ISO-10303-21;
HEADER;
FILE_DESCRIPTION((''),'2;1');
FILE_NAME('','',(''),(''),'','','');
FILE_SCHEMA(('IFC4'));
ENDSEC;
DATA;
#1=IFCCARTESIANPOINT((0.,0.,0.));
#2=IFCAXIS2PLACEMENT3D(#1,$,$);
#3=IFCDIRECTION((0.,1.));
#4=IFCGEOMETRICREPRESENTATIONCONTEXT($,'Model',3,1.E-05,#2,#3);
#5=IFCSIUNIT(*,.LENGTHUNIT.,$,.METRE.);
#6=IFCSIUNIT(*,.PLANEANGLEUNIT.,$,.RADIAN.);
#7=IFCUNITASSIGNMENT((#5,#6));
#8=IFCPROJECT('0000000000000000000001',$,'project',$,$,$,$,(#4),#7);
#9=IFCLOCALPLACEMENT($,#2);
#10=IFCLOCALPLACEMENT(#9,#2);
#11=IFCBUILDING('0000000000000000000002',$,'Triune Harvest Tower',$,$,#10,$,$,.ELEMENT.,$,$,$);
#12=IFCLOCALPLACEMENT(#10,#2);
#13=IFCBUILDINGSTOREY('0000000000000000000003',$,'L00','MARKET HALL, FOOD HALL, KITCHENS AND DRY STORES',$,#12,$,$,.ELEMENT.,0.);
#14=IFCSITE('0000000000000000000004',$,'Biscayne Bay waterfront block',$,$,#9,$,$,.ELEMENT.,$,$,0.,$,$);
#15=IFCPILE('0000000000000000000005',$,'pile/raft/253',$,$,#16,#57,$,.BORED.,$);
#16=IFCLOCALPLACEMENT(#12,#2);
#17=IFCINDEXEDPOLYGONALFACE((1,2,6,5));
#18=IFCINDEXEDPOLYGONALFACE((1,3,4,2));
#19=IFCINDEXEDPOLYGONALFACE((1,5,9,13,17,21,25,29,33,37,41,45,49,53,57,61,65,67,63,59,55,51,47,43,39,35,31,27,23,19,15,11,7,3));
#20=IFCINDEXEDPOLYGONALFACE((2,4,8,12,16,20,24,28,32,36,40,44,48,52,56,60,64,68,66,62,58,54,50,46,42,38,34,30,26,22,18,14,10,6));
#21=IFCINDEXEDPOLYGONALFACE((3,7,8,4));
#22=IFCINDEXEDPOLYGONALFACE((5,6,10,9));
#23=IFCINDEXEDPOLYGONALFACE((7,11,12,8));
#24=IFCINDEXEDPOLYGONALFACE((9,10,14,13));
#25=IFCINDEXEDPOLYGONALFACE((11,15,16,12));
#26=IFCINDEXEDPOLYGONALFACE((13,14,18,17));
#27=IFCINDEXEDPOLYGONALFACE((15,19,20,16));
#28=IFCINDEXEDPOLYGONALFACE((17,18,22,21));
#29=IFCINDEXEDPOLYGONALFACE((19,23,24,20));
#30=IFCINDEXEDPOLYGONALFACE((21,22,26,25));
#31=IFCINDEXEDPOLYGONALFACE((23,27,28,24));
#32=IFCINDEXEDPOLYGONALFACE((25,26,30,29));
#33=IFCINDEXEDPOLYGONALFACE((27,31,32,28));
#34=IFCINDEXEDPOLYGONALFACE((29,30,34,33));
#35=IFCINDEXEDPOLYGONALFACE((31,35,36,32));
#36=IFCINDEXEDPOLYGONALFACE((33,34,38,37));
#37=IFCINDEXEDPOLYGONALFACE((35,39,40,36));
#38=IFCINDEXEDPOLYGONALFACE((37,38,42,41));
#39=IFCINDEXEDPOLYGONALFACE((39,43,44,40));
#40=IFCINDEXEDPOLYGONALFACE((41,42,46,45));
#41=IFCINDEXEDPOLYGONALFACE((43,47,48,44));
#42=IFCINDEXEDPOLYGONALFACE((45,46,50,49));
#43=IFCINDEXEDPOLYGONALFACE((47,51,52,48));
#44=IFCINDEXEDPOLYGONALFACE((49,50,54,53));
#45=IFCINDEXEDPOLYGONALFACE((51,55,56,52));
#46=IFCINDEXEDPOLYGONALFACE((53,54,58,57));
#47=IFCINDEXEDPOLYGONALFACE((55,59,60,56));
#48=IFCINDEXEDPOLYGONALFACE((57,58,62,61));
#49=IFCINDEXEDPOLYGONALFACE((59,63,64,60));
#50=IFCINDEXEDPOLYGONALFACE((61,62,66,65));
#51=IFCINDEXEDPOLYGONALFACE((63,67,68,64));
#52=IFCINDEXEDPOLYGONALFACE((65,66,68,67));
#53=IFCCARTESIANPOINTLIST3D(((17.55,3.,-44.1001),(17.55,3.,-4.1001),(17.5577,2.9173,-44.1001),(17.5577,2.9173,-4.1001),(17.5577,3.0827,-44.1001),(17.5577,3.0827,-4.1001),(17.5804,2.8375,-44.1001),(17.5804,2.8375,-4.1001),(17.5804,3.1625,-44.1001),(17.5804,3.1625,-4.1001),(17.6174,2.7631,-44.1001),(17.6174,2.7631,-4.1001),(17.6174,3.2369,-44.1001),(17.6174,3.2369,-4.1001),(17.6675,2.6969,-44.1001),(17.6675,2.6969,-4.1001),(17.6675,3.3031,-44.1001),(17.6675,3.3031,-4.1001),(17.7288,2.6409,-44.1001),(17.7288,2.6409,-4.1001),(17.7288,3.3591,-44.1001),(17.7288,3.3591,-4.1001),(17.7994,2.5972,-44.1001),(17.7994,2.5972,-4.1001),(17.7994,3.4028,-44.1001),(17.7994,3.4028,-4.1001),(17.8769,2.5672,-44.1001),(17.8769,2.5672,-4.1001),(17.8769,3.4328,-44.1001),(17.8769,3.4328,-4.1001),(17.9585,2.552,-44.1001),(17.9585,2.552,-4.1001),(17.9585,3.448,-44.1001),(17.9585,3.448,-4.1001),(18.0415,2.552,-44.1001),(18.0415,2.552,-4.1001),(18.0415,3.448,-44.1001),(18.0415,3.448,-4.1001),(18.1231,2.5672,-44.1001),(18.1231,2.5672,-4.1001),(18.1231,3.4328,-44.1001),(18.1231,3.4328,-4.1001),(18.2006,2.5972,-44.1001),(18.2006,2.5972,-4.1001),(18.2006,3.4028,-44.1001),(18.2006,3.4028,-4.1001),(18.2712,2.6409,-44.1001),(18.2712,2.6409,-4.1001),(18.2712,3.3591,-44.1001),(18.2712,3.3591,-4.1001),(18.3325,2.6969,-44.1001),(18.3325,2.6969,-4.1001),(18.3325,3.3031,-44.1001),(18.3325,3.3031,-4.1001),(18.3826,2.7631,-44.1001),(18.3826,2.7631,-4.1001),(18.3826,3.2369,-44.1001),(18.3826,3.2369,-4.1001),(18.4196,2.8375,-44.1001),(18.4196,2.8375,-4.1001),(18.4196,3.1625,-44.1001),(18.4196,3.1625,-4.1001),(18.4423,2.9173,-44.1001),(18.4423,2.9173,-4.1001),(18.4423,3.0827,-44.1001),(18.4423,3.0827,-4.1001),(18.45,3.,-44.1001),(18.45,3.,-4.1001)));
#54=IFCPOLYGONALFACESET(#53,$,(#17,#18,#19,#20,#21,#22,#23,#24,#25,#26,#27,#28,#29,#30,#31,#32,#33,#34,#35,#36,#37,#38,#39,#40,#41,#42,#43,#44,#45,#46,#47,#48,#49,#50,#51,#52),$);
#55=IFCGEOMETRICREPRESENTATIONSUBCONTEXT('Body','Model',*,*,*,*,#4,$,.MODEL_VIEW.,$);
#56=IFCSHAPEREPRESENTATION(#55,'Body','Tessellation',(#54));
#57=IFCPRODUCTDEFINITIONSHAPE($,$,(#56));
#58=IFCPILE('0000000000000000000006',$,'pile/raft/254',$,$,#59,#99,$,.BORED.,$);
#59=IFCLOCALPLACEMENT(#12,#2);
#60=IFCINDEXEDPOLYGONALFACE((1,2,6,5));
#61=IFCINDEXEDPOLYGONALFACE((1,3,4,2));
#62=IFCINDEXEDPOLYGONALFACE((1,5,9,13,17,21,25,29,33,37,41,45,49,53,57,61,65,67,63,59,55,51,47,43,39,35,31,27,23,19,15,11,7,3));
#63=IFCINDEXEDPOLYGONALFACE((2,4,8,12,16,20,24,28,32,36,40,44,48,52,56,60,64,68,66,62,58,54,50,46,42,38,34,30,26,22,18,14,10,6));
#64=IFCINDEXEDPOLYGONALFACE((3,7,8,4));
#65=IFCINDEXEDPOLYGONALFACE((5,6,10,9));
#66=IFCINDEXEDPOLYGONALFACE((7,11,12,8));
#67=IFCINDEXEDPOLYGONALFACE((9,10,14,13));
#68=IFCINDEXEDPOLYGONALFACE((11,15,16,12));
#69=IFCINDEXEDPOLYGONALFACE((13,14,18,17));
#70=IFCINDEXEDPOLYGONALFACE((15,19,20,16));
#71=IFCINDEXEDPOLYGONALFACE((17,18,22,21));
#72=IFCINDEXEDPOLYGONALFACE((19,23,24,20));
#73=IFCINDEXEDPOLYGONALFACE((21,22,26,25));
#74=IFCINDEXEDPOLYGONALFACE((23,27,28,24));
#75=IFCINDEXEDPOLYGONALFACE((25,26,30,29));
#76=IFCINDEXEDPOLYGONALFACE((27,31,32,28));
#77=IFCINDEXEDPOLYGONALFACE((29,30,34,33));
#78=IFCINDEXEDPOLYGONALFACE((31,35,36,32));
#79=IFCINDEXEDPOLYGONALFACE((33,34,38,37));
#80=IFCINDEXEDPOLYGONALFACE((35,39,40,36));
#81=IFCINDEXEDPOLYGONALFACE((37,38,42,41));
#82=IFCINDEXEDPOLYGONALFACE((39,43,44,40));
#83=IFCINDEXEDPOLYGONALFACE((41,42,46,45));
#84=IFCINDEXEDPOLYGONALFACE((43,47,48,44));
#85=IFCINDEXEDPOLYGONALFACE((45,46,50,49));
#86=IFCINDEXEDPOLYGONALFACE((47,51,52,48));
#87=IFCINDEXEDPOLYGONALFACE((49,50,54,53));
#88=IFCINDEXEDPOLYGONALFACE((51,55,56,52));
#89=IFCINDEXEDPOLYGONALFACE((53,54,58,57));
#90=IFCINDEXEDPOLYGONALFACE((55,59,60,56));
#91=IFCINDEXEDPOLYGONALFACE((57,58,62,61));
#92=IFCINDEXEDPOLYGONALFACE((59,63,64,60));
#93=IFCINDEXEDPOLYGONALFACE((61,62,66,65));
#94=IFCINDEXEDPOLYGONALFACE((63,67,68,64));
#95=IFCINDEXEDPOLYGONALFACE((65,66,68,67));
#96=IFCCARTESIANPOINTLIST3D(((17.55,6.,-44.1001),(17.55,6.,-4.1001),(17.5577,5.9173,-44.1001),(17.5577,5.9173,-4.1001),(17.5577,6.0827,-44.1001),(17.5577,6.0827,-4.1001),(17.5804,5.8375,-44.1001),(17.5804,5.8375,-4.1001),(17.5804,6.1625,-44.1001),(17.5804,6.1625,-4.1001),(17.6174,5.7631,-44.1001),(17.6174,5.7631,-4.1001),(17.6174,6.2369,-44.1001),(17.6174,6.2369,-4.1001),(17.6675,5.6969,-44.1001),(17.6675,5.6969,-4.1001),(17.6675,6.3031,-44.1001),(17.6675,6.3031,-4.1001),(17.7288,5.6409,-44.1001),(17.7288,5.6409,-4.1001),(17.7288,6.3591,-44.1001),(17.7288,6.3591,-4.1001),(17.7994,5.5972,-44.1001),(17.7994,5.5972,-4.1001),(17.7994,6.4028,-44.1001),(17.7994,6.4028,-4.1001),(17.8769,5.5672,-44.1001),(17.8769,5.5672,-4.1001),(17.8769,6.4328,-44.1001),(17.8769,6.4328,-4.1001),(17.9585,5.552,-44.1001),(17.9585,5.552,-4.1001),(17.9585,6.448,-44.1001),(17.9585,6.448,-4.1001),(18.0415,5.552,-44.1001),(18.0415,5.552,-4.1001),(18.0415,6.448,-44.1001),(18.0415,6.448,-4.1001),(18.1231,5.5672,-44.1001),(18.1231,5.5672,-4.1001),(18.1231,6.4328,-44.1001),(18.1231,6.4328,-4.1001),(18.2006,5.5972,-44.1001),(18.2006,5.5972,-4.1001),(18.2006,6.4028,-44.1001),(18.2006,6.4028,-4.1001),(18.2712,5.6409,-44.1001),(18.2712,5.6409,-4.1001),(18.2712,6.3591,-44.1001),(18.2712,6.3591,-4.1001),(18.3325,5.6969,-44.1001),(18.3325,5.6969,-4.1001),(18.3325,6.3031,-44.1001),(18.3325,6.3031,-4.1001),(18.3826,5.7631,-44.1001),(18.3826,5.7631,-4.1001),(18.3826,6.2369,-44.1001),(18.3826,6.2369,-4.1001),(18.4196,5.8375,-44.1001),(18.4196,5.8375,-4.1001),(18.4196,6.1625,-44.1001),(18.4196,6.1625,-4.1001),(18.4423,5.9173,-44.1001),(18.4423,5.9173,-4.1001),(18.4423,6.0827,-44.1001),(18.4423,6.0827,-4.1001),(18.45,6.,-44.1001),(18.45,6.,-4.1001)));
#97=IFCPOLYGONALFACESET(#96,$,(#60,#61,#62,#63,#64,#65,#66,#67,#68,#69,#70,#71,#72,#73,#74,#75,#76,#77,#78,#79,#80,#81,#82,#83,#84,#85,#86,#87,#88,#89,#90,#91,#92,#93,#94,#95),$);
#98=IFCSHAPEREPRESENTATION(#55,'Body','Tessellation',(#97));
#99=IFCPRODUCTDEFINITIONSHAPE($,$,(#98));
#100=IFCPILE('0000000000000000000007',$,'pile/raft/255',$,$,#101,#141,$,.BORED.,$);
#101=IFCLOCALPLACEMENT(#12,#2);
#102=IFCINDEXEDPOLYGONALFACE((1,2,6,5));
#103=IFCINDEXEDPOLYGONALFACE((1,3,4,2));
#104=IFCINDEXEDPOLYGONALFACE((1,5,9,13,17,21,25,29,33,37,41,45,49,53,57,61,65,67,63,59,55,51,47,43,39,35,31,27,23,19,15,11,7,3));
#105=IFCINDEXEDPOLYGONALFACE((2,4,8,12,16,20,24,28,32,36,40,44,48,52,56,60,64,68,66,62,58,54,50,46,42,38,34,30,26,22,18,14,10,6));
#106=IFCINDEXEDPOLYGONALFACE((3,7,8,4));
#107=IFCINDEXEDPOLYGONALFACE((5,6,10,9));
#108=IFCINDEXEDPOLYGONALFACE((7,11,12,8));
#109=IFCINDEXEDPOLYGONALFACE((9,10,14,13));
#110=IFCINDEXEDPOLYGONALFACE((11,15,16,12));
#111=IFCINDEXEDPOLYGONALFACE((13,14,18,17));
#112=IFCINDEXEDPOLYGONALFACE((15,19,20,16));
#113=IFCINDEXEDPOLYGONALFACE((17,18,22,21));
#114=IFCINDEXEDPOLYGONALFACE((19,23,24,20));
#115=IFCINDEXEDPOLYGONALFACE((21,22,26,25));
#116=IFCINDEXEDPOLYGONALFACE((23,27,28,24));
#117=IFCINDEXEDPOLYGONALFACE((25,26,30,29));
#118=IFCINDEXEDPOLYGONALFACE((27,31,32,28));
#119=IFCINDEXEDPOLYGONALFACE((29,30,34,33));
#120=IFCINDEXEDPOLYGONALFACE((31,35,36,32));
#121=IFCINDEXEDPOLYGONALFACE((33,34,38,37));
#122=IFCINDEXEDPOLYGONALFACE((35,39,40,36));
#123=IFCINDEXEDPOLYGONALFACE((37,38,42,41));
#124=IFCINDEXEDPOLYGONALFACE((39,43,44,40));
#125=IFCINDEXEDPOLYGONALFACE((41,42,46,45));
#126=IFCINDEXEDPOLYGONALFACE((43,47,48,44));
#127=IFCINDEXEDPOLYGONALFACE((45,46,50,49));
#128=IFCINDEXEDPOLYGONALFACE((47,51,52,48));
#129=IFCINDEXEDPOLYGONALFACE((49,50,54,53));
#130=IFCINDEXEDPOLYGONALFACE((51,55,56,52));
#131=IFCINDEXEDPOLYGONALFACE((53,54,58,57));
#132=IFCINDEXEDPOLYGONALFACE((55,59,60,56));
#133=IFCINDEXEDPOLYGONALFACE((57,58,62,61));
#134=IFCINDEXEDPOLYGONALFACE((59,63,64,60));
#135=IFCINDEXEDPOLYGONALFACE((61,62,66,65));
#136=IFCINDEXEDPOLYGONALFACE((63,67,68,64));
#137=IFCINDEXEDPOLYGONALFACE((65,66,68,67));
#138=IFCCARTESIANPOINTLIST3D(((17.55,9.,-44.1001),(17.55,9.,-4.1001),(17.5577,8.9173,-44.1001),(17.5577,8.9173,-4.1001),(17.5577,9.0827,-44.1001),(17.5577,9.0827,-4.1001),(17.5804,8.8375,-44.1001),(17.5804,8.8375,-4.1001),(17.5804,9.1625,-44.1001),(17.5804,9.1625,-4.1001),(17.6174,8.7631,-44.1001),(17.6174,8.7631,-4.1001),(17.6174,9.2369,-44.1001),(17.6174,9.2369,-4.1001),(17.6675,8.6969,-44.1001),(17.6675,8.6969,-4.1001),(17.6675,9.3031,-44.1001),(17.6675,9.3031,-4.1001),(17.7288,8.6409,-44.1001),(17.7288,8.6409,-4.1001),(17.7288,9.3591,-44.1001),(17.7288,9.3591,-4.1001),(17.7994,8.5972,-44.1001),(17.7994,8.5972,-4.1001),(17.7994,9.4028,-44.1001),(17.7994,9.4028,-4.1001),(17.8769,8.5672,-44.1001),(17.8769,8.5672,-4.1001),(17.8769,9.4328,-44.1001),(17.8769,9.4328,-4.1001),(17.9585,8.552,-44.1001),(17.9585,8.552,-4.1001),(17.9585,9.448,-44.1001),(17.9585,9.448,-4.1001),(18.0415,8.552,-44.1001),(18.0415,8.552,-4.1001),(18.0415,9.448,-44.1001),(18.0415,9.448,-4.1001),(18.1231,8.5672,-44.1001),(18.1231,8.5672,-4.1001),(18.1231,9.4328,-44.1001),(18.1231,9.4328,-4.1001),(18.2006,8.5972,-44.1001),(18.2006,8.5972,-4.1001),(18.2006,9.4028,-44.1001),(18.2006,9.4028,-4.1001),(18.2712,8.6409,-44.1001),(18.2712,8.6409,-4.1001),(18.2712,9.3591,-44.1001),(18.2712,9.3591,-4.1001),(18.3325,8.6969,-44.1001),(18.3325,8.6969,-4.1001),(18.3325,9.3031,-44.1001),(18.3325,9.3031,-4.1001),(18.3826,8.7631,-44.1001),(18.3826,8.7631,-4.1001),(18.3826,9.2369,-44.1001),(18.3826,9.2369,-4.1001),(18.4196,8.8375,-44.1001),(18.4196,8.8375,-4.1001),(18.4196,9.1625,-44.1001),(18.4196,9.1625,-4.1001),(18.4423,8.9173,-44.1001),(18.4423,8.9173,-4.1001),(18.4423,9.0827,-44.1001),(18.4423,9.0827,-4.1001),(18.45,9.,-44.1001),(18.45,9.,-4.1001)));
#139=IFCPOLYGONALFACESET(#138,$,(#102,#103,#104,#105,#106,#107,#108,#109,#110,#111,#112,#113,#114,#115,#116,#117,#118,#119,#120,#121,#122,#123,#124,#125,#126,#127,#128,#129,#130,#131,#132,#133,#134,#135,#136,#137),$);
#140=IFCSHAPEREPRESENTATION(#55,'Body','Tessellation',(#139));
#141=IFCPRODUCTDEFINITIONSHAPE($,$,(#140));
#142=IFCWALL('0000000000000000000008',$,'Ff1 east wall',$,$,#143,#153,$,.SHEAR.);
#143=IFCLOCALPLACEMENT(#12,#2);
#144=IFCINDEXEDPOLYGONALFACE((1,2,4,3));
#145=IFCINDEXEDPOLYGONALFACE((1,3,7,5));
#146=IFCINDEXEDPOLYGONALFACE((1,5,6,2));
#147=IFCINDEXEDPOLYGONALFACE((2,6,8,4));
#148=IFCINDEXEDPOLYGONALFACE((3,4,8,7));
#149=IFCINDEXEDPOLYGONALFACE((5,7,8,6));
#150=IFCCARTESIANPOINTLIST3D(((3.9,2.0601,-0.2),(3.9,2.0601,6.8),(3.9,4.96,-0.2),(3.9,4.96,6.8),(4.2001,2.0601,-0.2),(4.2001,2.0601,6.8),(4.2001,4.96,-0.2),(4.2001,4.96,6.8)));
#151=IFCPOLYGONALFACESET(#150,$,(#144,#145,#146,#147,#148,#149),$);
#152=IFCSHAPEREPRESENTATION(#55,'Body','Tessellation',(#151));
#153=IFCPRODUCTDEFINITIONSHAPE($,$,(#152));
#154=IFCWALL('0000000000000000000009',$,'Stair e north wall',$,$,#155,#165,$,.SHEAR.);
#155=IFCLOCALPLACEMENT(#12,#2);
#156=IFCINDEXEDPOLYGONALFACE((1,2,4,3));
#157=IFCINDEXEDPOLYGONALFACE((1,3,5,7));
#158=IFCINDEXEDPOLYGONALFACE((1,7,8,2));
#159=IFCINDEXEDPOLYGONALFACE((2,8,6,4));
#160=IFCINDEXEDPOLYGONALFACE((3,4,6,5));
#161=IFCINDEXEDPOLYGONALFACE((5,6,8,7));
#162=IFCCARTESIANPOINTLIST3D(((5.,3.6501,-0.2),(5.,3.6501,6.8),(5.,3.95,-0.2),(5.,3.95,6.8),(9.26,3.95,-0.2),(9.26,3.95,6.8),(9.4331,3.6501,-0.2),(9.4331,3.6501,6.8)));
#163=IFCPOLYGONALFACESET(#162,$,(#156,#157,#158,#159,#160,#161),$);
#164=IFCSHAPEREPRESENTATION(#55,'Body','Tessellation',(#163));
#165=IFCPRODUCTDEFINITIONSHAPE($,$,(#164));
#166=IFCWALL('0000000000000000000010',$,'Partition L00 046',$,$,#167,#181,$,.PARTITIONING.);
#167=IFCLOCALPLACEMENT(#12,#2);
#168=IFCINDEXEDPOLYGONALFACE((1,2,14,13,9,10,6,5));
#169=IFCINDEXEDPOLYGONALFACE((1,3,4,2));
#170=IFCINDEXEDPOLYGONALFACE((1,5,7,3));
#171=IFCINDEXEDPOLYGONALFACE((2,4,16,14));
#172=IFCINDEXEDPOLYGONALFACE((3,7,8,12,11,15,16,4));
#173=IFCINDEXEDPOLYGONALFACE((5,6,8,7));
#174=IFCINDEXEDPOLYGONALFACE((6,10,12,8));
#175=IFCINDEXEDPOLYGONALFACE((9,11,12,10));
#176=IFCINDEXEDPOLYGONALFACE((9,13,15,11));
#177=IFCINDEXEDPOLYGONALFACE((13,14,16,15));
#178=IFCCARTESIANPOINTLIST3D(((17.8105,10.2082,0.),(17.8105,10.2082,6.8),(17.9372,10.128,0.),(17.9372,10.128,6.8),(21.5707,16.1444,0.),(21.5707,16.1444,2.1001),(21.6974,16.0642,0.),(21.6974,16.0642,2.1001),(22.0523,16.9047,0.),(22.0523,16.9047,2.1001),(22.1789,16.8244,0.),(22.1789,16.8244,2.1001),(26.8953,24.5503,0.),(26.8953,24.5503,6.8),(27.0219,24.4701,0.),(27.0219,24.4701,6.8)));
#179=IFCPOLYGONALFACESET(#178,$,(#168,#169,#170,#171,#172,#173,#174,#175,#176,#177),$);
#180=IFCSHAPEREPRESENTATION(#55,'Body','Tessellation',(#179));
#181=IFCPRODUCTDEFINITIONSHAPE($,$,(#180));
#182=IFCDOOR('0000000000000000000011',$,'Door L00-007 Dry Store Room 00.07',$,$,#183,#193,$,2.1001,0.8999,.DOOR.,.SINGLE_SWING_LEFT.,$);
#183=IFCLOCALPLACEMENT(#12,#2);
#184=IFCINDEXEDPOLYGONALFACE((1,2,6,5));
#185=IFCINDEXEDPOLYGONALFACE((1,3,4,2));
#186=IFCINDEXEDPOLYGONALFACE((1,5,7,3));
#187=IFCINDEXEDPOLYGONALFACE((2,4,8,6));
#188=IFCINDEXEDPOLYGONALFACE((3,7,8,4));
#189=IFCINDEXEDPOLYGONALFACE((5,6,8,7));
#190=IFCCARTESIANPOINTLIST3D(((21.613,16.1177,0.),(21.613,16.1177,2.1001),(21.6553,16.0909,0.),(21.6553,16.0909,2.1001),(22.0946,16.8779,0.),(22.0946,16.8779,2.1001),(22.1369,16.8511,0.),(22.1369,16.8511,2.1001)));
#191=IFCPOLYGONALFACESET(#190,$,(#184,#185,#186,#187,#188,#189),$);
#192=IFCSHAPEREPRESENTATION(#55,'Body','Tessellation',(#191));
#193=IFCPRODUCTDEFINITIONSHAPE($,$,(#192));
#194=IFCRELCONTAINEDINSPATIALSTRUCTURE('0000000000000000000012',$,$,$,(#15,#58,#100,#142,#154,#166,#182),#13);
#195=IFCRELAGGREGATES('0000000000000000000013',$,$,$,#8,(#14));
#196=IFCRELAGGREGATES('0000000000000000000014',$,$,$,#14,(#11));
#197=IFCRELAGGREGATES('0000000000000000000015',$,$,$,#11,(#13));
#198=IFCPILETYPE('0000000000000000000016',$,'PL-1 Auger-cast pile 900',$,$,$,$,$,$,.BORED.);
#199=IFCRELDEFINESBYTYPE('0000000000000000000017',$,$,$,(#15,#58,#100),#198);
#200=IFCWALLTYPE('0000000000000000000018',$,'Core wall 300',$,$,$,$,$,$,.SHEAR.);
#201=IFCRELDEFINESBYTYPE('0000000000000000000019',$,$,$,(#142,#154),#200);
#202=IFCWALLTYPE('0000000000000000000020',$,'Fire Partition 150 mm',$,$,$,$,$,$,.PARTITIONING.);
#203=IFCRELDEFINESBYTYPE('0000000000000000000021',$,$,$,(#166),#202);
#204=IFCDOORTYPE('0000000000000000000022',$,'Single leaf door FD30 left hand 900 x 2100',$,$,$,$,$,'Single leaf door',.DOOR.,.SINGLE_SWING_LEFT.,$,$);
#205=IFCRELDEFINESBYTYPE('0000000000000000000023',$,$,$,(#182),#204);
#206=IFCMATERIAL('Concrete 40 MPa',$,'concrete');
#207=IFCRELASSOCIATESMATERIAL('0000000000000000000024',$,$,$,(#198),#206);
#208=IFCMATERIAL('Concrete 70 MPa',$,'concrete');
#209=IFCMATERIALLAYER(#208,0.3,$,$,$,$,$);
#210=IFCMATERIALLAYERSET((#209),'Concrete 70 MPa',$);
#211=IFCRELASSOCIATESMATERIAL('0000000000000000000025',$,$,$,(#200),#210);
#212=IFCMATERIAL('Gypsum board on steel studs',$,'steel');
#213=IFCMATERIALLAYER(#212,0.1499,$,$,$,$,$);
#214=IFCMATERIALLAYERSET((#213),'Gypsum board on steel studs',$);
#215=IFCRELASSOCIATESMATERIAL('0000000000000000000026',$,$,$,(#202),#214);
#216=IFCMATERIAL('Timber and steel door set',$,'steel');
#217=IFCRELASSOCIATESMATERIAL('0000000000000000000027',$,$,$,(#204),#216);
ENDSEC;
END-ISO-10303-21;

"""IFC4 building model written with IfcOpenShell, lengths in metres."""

from ifc_helpers import new_model, si_unit, direction, frame, frame_2d, origin, origin_2d, place, context, subcontext, project, spatial, polyline, rectangle, circle, outline, extrude, source, transform, mapped, material, layer, layer_set, material_profile, profile_set, type_object, element, fill, save


model = new_model("IFC4")

# Units and contexts
model_context = context("Model", 3, precision=1e-05, world=origin(), true_north=direction((0.0, 1.0)))
body_context = subcontext(model_context, "Body", "Model", "MODEL_VIEW")
ifc_project = project(units=[si_unit("LENGTHUNIT", "METRE"), si_unit("PLANEANGLEUNIT", "RADIAN")], contexts=[model_context])

# Site, building, storey
site_placement = place(None, origin())
site = spatial("IfcSite", under=ifc_project, at=site_placement, Name="Biscayne Bay waterfront block", CompositionType="ELEMENT", RefElevation=0.0)
building_placement = place(site_placement, origin())
building = spatial("IfcBuilding", under=site, at=building_placement, Name="Triune Harvest Tower", CompositionType="ELEMENT")
storey_placement = place(building_placement, origin())
storey = spatial("IfcBuildingStorey", under=building, at=storey_placement, Name="L00", Description="MARKET HALL, FOOD HALL, KITCHENS AND DRY STORES", CompositionType="ELEMENT", Elevation=0.0)

# Piles
ifc_material_1 = material(Name="Concrete 40 MPa", Category="concrete")
ifc_material_profile = material_profile(ifc_material_1, circle(Radius=0.45, at=origin_2d()), Name="Bored 900")
ifc_profile_set = profile_set([ifc_material_profile], Name="Concrete 40 MPa")
pile_type = type_object("IfcPileType", Name="PL-1 Auger-cast pile 900", PredefinedType="BORED", material=ifc_profile_set)
shared_shape_1 = source(origin(), body_context, "Body", "SweptSolid", [
    extrude(circle(Radius=0.45, at=origin_2d()), origin(), (0.0, 0.0, 1.0), 40.0),
])
for number, where, z_axis, x_axis, name in (
    (1, (18.0, 3.0, -4.1001), (0.0, 0.0, -1.0), (1.0, 0.0, 0.0), "pile/raft/253"),
    (2, (18.0, 6.0, -4.1001), (0.0, 0.0, -1.0), (1.0, 0.0, 0.0), "pile/raft/254"),
    (3, (18.0, 9.0, -4.1001), (0.0, 0.0, -1.0), (1.0, 0.0, 0.0), "pile/raft/255"),
):
    element("IfcPile", number, at=place(storey_placement, frame(where, z_axis=z_axis, x_axis=x_axis)), inside=storey, type_object=pile_type, Name=name, PredefinedType="BORED", context=body_context, shape_type="MappedRepresentation", body=[
        mapped(shared_shape_1, transform((0.0, 0.0, 0.0), scale=1.0)),
    ])

# Walls
ifc_material_2 = material(Name="Concrete 70 MPa", Category="concrete")
ifc_layer_1 = layer(ifc_material_2, 0.3)
ifc_layer_set_1 = layer_set([ifc_layer_1], Name="Concrete 70 MPa")
wall_type_1 = type_object("IfcWallType", Name="Core wall 300", PredefinedType="SHEAR", material=ifc_layer_set_1)
wall_1_placement = place(storey_placement, frame((4.05, 2.0601, -0.2), z_axis=(0.0, 0.0, 1.0), x_axis=(0.0, 1.0, 0.0)))
element("IfcWall", 4, at=wall_1_placement, inside=storey, type_object=wall_type_1, Name="Ff1 east wall", PredefinedType="SHEAR", context=body_context, shape_type="SweptSolid", body=[
    extrude(rectangle(XDim=2.8999, YDim=0.3, at=frame_2d((1.45, 0.0))), origin(), (0.0, 0.0, 1.0), 7.0),
])
wall_2_placement = place(storey_placement, frame((5.0, 3.8, -0.2), z_axis=(0.0, 0.0, 1.0), x_axis=(1.0, 0.0, 0.0)))
element("IfcWall", 5, at=wall_2_placement, inside=storey, type_object=wall_type_1, Name="Stair e north wall", PredefinedType="SHEAR", context=body_context, shape_type="SweptSolid", body=[
    extrude(outline(polyline([(0.0, -0.1499), (0.0, 0.1499), (4.26, 0.1499), (4.4331, -0.1499), (0.0, -0.1499)])), origin(), (0.0, 0.0, 1.0), 7.0),
])

# Wall, opening, door
ifc_material_3 = material(Name="Gypsum board on steel studs", Category="steel")
ifc_layer_2 = layer(ifc_material_3, 0.1499)
ifc_layer_set_2 = layer_set([ifc_layer_2], Name="Gypsum board on steel studs")
wall_type_2 = type_object("IfcWallType", Name="Fire Partition 150 mm", PredefinedType="PARTITIONING", material=ifc_layer_set_2)
wall_3_placement = place(storey_placement, frame((17.8738, 10.168, 0.0), z_axis=(0.0, 0.0, 1.0), x_axis=(0.535112, 0.844781, 0.0)))
wall_3 = element("IfcWall", 6, at=wall_3_placement, inside=storey, type_object=wall_type_2, Name="Partition L00 046", PredefinedType="PARTITIONING", context=body_context, shape_type="SweptSolid", body=[
    extrude(rectangle(XDim=16.9773, YDim=0.1499, at=frame_2d((8.4888, 0.0))), origin(), (0.0, 0.0, 1.0), 6.8),
])
opening_1_placement = place(wall_3_placement, frame((7.0271, 0.0, 0.0)))
opening_1 = element("IfcOpeningElement", 7, at=opening_1_placement, cuts=wall_3, PredefinedType="OPENING", context=body_context, shape_type="SweptSolid", body=[
    extrude(rectangle(XDim=0.8999, YDim=2.1001, at=frame_2d((0.45, 1.05))), frame((0.0, 0.085, 0.0), z_axis=(0.0, -1.0, 0.0), x_axis=(1.0, 0.0, 0.0)), (0.0, 0.0, 1.0), 0.1699),
])
ifc_material_4 = material(Name="Timber and steel door set", Category="steel")
door_type_1 = type_object("IfcDoorType", Name="Single leaf door FD30 left hand 900 x 2100", ElementType="Single leaf door", OperationType="SINGLE_SWING_LEFT", PredefinedType="DOOR", material=ifc_material_4)
door_1_placement = place(opening_1_placement, origin())
door_1 = element("IfcDoor", 8, at=door_1_placement, inside=storey, type_object=door_type_1, Name="Door L00-007 Dry Store Room 00.07", OperationType="SINGLE_SWING_LEFT", OverallHeight=2.1001, OverallWidth=0.8999, PredefinedType="DOOR", context=body_context, shape_type="SweptSolid", body=[
    extrude(rectangle(XDim=0.8999, YDim=2.1001, at=frame_2d((0.45, 1.05))), frame((0.0, 0.0249, 0.0), z_axis=(0.0, -1.0, 0.0), x_axis=(1.0, 0.0, 0.0)), (0.0, 0.0, 1.0), 0.05),
])
fill(opening_1, door_1)

save(model, "model.ifc")
